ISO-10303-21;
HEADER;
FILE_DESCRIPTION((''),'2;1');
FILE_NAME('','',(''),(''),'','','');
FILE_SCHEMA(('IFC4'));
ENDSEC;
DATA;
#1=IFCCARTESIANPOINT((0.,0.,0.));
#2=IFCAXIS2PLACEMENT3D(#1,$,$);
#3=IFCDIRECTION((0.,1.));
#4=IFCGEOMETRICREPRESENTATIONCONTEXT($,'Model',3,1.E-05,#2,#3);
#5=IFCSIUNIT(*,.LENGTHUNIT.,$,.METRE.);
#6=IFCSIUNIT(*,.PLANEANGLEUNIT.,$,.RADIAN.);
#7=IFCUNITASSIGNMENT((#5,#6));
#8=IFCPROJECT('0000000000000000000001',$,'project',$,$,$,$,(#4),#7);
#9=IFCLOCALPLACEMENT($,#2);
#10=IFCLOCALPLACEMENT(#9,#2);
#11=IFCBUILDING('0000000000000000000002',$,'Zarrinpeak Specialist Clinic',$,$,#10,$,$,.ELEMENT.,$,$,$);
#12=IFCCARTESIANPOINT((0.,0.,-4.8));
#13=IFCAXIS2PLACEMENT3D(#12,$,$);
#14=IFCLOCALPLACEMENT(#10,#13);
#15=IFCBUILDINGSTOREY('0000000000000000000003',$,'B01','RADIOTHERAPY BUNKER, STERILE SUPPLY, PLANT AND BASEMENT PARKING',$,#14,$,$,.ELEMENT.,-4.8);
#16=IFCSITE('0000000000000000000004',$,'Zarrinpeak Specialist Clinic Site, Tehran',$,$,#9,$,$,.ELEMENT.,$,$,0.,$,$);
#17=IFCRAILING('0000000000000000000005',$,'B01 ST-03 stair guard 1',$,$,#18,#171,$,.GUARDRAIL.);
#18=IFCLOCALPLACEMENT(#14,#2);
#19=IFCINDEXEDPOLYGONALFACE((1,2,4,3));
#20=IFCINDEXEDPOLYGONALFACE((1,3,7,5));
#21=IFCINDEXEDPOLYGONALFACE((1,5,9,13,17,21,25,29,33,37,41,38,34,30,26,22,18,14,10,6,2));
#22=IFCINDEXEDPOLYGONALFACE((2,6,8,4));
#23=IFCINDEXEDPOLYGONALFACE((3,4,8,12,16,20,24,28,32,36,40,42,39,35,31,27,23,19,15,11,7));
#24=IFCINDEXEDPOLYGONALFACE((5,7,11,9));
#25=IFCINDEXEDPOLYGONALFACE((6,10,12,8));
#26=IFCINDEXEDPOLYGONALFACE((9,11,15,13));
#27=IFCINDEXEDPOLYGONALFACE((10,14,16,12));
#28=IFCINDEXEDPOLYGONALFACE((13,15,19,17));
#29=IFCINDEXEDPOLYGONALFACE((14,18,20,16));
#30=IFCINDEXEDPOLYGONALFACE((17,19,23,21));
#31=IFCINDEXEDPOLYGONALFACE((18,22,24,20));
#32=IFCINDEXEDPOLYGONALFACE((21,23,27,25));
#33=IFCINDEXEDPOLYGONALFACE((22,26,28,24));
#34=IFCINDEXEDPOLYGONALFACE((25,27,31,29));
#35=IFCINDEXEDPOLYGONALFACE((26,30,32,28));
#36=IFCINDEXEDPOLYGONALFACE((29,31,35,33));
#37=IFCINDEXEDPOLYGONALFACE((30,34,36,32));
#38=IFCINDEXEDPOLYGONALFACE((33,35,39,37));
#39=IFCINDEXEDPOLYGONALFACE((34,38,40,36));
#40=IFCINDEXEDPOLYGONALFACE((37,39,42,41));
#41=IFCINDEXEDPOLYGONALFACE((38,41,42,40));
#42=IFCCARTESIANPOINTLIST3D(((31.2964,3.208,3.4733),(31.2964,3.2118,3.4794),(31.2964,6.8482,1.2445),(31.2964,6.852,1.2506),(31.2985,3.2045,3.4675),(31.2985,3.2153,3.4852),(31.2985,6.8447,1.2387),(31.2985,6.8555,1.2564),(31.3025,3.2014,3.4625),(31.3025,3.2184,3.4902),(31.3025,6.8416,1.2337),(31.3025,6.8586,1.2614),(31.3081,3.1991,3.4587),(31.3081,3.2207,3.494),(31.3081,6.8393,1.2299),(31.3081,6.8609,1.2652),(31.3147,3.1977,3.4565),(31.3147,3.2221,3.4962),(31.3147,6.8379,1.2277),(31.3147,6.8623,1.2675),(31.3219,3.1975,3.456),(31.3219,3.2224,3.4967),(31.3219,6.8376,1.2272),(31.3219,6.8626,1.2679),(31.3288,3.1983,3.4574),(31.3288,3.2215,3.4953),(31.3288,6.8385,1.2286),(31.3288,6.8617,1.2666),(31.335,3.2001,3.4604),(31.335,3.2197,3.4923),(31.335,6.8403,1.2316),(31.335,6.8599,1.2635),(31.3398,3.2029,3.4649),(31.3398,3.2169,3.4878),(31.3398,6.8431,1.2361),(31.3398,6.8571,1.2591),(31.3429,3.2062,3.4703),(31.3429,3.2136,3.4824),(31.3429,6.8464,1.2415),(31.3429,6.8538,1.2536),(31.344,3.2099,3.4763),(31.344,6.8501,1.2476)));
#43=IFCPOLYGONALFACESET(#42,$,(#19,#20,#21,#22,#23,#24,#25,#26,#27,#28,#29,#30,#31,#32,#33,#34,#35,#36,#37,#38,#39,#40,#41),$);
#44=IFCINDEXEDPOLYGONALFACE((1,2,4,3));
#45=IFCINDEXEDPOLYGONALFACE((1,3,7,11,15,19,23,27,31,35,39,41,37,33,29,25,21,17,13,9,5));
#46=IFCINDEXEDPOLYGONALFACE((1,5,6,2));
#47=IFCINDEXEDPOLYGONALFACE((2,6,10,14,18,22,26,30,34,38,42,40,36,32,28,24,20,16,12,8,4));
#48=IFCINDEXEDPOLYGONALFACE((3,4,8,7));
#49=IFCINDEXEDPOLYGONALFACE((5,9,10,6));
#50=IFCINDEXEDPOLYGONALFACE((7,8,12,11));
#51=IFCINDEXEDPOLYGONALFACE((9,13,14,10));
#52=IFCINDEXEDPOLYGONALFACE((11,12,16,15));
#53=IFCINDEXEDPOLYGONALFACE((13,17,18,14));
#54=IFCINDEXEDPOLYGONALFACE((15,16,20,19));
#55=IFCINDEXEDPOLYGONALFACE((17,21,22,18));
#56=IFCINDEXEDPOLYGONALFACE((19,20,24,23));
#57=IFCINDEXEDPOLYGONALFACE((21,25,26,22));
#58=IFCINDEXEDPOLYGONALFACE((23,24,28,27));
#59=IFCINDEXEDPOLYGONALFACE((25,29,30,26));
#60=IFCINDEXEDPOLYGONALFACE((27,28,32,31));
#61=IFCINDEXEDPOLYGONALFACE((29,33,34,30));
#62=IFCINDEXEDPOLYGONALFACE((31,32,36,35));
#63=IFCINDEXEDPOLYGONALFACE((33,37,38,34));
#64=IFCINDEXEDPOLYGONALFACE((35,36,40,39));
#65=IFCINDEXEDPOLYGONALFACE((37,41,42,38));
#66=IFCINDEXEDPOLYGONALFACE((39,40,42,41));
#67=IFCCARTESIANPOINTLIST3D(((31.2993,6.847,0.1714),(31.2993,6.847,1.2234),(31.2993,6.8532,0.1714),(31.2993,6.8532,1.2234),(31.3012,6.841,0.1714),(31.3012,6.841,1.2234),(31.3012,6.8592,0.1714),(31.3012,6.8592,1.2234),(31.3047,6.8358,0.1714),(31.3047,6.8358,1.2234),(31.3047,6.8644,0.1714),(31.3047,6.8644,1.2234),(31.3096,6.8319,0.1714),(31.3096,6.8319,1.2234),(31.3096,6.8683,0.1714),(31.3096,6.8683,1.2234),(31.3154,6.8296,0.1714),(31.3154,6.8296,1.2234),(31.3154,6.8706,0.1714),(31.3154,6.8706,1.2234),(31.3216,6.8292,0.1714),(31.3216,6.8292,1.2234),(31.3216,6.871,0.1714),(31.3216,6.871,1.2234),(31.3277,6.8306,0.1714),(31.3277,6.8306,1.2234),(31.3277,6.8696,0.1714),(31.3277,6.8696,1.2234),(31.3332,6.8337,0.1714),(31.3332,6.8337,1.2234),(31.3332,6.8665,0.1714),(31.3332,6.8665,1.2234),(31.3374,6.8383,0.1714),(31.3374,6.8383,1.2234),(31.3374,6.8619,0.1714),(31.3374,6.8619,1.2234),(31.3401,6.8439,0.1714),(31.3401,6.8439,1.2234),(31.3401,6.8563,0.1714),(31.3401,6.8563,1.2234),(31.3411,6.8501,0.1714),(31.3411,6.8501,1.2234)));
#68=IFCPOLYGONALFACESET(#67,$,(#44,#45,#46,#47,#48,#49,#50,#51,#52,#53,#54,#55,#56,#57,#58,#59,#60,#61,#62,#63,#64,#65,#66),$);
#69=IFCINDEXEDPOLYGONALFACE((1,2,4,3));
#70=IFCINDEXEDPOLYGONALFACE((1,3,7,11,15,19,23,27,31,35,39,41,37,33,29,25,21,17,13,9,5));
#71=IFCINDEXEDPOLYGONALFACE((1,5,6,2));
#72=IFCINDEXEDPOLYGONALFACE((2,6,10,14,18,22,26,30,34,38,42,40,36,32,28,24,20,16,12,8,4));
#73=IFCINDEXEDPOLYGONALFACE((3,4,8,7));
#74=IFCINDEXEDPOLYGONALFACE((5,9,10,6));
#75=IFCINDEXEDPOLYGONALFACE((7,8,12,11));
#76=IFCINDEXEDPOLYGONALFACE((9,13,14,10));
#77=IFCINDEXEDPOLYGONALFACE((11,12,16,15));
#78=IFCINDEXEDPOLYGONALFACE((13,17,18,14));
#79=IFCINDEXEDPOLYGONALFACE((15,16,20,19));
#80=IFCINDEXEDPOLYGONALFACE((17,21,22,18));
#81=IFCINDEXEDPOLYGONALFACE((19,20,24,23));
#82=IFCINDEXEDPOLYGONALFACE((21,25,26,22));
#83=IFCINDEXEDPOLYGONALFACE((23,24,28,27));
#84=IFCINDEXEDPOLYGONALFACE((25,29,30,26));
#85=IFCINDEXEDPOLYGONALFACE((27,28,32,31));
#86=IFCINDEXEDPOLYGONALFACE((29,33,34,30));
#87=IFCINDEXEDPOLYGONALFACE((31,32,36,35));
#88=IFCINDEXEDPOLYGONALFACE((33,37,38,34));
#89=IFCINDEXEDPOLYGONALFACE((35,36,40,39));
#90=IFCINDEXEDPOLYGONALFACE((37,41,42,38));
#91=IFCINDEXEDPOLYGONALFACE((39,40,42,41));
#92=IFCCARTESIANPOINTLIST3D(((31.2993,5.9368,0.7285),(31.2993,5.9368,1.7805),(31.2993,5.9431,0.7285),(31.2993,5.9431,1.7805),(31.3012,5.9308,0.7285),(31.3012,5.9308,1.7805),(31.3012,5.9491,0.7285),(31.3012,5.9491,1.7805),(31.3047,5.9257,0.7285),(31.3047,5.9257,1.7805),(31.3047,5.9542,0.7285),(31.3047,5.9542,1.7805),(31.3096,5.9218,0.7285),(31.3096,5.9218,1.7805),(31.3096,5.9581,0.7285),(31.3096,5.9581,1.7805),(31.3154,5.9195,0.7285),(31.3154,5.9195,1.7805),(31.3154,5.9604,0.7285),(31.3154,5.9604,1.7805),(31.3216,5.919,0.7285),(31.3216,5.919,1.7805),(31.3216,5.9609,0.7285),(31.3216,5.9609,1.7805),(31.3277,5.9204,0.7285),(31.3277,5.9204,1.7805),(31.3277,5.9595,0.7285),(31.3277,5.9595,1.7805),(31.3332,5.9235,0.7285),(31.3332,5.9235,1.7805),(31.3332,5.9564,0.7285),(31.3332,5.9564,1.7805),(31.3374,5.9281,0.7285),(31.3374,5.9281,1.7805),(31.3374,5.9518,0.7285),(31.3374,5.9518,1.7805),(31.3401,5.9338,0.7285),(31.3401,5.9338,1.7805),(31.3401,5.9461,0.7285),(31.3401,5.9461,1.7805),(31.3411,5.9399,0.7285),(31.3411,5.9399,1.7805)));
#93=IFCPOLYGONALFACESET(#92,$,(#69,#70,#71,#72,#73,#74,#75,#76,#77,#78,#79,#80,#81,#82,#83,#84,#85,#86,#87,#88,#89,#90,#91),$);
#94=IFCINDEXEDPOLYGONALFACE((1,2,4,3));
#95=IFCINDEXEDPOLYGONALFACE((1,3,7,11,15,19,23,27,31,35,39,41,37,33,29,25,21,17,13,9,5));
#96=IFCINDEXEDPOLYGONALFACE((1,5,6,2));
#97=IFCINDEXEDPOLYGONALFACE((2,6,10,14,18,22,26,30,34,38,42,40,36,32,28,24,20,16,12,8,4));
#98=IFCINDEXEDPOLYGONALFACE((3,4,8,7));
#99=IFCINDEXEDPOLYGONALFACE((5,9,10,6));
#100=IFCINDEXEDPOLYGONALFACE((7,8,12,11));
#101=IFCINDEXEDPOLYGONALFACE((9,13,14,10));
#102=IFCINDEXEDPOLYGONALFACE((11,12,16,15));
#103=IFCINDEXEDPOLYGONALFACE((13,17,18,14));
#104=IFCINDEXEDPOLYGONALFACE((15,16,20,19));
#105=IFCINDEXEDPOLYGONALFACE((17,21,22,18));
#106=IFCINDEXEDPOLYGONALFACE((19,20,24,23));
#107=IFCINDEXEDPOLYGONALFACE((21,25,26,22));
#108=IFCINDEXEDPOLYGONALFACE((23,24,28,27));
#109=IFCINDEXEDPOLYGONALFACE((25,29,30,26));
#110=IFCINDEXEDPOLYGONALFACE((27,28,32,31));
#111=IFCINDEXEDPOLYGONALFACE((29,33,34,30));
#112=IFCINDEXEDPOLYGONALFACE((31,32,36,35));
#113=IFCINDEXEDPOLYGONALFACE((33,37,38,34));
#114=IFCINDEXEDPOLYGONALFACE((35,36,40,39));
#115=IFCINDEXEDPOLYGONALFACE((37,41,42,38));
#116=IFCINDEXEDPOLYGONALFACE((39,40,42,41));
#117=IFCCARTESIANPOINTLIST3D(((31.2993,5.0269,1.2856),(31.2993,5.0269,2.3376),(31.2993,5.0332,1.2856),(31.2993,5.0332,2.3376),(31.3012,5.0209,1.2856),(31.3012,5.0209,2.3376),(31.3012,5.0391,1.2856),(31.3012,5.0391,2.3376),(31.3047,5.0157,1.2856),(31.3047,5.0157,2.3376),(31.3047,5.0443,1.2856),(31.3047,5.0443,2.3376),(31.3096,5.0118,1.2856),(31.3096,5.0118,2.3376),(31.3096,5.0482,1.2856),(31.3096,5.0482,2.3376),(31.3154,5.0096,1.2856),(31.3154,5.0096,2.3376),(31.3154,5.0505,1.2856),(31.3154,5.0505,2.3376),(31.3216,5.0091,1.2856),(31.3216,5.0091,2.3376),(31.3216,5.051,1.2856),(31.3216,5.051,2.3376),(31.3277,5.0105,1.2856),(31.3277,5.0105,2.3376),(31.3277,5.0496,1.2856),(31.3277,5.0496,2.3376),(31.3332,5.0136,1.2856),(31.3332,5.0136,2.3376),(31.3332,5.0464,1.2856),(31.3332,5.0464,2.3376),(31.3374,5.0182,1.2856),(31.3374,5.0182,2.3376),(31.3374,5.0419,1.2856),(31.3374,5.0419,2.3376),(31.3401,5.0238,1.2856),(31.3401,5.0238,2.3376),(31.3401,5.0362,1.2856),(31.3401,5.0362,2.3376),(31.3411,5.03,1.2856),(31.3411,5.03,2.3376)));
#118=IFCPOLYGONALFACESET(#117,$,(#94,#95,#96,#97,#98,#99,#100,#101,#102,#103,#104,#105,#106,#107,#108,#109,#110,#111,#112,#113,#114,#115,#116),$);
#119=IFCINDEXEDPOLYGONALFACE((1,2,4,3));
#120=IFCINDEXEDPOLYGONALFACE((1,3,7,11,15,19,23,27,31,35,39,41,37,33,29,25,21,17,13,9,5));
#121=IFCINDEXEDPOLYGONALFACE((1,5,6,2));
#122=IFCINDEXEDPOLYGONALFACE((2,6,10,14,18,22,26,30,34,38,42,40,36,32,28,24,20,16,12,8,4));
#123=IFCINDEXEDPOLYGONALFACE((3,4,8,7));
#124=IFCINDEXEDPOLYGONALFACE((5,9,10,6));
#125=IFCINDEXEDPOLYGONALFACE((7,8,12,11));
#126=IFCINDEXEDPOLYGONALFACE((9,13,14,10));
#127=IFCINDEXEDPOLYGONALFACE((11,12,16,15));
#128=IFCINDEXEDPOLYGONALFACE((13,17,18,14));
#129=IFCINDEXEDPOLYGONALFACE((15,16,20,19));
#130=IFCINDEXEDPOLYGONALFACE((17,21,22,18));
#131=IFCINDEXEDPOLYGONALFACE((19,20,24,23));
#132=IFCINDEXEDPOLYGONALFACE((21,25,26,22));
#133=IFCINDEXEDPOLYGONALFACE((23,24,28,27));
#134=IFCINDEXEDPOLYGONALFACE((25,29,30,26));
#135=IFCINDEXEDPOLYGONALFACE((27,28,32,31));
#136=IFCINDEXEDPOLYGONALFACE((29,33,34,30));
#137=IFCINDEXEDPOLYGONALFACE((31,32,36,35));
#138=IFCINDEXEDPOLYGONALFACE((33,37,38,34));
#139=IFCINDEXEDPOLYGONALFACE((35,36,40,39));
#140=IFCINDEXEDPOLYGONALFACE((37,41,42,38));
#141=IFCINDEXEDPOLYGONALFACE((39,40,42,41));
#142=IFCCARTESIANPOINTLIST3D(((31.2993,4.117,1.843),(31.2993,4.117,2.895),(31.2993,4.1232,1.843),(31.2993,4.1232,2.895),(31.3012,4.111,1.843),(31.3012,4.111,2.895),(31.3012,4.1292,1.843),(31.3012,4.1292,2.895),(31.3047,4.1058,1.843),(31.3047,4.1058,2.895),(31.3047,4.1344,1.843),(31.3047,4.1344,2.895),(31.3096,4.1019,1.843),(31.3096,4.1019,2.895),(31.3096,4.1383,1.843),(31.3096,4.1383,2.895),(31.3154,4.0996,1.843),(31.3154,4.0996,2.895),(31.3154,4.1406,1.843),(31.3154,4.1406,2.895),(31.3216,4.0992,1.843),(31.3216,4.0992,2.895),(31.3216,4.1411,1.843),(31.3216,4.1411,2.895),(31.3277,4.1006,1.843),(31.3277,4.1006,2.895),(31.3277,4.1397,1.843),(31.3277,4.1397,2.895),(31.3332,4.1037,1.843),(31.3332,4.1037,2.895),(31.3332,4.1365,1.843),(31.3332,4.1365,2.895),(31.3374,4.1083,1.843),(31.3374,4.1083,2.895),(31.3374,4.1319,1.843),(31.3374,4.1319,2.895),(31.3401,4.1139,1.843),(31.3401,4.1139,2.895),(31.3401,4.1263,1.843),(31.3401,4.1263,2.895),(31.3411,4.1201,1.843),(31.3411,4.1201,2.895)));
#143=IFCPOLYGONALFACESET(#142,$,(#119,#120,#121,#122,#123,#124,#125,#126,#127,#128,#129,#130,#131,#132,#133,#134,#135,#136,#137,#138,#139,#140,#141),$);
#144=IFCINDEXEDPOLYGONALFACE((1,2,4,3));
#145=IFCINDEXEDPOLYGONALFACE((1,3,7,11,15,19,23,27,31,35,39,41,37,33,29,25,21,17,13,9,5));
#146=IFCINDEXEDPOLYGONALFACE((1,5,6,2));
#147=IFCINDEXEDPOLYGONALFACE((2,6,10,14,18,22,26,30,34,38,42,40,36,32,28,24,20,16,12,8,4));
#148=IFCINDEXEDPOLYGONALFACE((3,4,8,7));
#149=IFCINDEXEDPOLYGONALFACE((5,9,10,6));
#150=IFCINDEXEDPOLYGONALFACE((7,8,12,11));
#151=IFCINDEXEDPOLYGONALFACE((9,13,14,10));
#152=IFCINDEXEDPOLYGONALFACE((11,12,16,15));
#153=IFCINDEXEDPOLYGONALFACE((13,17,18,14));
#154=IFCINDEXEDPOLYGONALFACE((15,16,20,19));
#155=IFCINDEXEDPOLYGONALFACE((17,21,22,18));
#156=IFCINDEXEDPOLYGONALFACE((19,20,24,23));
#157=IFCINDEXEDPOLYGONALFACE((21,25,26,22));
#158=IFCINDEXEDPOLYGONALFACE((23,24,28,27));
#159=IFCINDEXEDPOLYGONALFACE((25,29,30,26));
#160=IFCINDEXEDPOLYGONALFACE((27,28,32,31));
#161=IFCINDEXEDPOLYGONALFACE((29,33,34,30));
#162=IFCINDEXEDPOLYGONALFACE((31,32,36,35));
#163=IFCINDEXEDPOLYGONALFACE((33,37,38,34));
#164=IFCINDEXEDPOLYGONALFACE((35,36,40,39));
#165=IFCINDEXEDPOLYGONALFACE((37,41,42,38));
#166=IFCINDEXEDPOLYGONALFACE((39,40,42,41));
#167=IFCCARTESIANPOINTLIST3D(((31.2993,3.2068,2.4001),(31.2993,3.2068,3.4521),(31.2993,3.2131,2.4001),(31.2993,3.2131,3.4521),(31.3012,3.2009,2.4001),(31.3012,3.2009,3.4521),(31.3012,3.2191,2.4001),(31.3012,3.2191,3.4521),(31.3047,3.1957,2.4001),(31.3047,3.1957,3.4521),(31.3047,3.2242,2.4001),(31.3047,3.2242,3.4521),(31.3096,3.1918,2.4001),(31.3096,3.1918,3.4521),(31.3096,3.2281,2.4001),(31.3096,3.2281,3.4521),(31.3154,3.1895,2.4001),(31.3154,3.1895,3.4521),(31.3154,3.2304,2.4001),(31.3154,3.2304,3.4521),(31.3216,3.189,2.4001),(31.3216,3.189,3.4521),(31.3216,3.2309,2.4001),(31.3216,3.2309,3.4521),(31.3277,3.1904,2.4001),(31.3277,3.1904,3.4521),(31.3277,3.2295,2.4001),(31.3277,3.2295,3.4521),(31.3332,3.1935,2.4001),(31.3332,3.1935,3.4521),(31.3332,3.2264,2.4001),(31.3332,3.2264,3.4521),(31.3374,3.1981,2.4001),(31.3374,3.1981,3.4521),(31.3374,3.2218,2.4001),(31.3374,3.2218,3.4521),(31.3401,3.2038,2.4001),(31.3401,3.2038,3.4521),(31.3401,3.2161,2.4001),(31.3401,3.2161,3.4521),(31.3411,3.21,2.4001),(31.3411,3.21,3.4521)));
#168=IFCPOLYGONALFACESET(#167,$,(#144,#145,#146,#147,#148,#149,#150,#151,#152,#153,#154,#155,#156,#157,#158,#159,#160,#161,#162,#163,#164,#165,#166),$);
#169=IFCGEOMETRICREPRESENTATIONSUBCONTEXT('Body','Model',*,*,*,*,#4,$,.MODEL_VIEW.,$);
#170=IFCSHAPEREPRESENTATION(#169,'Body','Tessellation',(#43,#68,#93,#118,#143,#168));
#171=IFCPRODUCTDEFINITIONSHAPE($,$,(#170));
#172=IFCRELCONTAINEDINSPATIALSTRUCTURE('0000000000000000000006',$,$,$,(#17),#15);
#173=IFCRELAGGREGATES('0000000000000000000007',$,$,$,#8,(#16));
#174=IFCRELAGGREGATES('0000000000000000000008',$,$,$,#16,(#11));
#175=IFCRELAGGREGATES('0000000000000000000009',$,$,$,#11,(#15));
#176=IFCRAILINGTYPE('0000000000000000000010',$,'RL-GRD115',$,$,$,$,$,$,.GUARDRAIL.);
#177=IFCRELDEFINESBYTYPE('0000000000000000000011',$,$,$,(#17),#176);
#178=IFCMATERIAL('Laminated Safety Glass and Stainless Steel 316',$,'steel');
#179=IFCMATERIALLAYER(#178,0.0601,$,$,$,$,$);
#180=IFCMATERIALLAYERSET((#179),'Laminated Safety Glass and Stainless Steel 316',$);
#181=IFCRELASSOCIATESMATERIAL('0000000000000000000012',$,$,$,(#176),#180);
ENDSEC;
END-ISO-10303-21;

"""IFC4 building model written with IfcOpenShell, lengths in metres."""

from ifc_helpers import new_model, si_unit, direction, frame, origin, origin_2d, place, context, subcontext, project, spatial, circle, extrude, material, layer, layer_set, type_object, element, save


model = new_model("IFC4")

# Units and contexts
model_context = context("Model", 3, precision=1e-05, world=origin(), true_north=direction((0.0, 1.0)))
body_context = subcontext(model_context, "Body", "Model", "MODEL_VIEW")
ifc_project = project(units=[si_unit("LENGTHUNIT", "METRE"), si_unit("PLANEANGLEUNIT", "RADIAN")], contexts=[model_context])

# Site, building, storey
site_placement = place(None, origin())
site = spatial("IfcSite", under=ifc_project, at=site_placement, Name="Zarrinpeak Specialist Clinic Site, Tehran", CompositionType="ELEMENT", RefElevation=0.0)
building_placement = place(site_placement, origin())
building = spatial("IfcBuilding", under=site, at=building_placement, Name="Zarrinpeak Specialist Clinic", CompositionType="ELEMENT")
storey_placement = place(building_placement, frame((0.0, 0.0, -4.8)))
storey = spatial("IfcBuildingStorey", under=building, at=storey_placement, Name="B01", Description="RADIOTHERAPY BUNKER, STERILE SUPPLY, PLANT AND BASEMENT PARKING", CompositionType="ELEMENT", Elevation=-4.8)

# Railing
ifc_material_1 = material(Name="Laminated Safety Glass and Stainless Steel 316", Category="steel")
ifc_layer_1 = layer(ifc_material_1, 0.0601)
ifc_layer_set_1 = layer_set([ifc_layer_1], Name="Laminated Safety Glass and Stainless Steel 316")
railing_type_1 = type_object("IfcRailingType", Name="RL-GRD115", PredefinedType="GUARDRAIL", material=ifc_layer_set_1)
railing_1_placement = place(storey_placement, frame((31.3201, 6.8501, 0.1714)))
element("IfcRailing", 1, at=railing_1_placement, inside=storey, type_object=railing_type_1, Name="B01 ST-03 stair guard 1", PredefinedType="GUARDRAIL", context=body_context, shape_type="SweptSolid", body=[
    extrude(circle(Radius=0.0239, at=origin_2d()), frame((0.0, 0.0, 1.0762), z_axis=(0.0, -0.85284, 0.522172), x_axis=(1.0, 0.0, 0.0)), (0.0, 0.0, 1.0), 4.2683),
    extrude(circle(Radius=0.021, at=origin_2d()), origin(), (0.0, 0.0, 1.0), 1.052),
    extrude(circle(Radius=0.021, at=origin_2d()), frame((0.0, -0.9102, 0.5571)), (0.0, 0.0, 1.0), 1.052),
    extrude(circle(Radius=0.021, at=origin_2d()), frame((0.0, -1.8201, 1.1143)), (0.0, 0.0, 1.0), 1.052),
    extrude(circle(Radius=0.021, at=origin_2d()), frame((0.0, -2.73, 1.6716)), (0.0, 0.0, 1.0), 1.052),
    extrude(circle(Radius=0.021, at=origin_2d()), frame((0.0, -3.6401, 2.2288)), (0.0, 0.0, 1.0), 1.052),
])

save(model, "model.ifc")
